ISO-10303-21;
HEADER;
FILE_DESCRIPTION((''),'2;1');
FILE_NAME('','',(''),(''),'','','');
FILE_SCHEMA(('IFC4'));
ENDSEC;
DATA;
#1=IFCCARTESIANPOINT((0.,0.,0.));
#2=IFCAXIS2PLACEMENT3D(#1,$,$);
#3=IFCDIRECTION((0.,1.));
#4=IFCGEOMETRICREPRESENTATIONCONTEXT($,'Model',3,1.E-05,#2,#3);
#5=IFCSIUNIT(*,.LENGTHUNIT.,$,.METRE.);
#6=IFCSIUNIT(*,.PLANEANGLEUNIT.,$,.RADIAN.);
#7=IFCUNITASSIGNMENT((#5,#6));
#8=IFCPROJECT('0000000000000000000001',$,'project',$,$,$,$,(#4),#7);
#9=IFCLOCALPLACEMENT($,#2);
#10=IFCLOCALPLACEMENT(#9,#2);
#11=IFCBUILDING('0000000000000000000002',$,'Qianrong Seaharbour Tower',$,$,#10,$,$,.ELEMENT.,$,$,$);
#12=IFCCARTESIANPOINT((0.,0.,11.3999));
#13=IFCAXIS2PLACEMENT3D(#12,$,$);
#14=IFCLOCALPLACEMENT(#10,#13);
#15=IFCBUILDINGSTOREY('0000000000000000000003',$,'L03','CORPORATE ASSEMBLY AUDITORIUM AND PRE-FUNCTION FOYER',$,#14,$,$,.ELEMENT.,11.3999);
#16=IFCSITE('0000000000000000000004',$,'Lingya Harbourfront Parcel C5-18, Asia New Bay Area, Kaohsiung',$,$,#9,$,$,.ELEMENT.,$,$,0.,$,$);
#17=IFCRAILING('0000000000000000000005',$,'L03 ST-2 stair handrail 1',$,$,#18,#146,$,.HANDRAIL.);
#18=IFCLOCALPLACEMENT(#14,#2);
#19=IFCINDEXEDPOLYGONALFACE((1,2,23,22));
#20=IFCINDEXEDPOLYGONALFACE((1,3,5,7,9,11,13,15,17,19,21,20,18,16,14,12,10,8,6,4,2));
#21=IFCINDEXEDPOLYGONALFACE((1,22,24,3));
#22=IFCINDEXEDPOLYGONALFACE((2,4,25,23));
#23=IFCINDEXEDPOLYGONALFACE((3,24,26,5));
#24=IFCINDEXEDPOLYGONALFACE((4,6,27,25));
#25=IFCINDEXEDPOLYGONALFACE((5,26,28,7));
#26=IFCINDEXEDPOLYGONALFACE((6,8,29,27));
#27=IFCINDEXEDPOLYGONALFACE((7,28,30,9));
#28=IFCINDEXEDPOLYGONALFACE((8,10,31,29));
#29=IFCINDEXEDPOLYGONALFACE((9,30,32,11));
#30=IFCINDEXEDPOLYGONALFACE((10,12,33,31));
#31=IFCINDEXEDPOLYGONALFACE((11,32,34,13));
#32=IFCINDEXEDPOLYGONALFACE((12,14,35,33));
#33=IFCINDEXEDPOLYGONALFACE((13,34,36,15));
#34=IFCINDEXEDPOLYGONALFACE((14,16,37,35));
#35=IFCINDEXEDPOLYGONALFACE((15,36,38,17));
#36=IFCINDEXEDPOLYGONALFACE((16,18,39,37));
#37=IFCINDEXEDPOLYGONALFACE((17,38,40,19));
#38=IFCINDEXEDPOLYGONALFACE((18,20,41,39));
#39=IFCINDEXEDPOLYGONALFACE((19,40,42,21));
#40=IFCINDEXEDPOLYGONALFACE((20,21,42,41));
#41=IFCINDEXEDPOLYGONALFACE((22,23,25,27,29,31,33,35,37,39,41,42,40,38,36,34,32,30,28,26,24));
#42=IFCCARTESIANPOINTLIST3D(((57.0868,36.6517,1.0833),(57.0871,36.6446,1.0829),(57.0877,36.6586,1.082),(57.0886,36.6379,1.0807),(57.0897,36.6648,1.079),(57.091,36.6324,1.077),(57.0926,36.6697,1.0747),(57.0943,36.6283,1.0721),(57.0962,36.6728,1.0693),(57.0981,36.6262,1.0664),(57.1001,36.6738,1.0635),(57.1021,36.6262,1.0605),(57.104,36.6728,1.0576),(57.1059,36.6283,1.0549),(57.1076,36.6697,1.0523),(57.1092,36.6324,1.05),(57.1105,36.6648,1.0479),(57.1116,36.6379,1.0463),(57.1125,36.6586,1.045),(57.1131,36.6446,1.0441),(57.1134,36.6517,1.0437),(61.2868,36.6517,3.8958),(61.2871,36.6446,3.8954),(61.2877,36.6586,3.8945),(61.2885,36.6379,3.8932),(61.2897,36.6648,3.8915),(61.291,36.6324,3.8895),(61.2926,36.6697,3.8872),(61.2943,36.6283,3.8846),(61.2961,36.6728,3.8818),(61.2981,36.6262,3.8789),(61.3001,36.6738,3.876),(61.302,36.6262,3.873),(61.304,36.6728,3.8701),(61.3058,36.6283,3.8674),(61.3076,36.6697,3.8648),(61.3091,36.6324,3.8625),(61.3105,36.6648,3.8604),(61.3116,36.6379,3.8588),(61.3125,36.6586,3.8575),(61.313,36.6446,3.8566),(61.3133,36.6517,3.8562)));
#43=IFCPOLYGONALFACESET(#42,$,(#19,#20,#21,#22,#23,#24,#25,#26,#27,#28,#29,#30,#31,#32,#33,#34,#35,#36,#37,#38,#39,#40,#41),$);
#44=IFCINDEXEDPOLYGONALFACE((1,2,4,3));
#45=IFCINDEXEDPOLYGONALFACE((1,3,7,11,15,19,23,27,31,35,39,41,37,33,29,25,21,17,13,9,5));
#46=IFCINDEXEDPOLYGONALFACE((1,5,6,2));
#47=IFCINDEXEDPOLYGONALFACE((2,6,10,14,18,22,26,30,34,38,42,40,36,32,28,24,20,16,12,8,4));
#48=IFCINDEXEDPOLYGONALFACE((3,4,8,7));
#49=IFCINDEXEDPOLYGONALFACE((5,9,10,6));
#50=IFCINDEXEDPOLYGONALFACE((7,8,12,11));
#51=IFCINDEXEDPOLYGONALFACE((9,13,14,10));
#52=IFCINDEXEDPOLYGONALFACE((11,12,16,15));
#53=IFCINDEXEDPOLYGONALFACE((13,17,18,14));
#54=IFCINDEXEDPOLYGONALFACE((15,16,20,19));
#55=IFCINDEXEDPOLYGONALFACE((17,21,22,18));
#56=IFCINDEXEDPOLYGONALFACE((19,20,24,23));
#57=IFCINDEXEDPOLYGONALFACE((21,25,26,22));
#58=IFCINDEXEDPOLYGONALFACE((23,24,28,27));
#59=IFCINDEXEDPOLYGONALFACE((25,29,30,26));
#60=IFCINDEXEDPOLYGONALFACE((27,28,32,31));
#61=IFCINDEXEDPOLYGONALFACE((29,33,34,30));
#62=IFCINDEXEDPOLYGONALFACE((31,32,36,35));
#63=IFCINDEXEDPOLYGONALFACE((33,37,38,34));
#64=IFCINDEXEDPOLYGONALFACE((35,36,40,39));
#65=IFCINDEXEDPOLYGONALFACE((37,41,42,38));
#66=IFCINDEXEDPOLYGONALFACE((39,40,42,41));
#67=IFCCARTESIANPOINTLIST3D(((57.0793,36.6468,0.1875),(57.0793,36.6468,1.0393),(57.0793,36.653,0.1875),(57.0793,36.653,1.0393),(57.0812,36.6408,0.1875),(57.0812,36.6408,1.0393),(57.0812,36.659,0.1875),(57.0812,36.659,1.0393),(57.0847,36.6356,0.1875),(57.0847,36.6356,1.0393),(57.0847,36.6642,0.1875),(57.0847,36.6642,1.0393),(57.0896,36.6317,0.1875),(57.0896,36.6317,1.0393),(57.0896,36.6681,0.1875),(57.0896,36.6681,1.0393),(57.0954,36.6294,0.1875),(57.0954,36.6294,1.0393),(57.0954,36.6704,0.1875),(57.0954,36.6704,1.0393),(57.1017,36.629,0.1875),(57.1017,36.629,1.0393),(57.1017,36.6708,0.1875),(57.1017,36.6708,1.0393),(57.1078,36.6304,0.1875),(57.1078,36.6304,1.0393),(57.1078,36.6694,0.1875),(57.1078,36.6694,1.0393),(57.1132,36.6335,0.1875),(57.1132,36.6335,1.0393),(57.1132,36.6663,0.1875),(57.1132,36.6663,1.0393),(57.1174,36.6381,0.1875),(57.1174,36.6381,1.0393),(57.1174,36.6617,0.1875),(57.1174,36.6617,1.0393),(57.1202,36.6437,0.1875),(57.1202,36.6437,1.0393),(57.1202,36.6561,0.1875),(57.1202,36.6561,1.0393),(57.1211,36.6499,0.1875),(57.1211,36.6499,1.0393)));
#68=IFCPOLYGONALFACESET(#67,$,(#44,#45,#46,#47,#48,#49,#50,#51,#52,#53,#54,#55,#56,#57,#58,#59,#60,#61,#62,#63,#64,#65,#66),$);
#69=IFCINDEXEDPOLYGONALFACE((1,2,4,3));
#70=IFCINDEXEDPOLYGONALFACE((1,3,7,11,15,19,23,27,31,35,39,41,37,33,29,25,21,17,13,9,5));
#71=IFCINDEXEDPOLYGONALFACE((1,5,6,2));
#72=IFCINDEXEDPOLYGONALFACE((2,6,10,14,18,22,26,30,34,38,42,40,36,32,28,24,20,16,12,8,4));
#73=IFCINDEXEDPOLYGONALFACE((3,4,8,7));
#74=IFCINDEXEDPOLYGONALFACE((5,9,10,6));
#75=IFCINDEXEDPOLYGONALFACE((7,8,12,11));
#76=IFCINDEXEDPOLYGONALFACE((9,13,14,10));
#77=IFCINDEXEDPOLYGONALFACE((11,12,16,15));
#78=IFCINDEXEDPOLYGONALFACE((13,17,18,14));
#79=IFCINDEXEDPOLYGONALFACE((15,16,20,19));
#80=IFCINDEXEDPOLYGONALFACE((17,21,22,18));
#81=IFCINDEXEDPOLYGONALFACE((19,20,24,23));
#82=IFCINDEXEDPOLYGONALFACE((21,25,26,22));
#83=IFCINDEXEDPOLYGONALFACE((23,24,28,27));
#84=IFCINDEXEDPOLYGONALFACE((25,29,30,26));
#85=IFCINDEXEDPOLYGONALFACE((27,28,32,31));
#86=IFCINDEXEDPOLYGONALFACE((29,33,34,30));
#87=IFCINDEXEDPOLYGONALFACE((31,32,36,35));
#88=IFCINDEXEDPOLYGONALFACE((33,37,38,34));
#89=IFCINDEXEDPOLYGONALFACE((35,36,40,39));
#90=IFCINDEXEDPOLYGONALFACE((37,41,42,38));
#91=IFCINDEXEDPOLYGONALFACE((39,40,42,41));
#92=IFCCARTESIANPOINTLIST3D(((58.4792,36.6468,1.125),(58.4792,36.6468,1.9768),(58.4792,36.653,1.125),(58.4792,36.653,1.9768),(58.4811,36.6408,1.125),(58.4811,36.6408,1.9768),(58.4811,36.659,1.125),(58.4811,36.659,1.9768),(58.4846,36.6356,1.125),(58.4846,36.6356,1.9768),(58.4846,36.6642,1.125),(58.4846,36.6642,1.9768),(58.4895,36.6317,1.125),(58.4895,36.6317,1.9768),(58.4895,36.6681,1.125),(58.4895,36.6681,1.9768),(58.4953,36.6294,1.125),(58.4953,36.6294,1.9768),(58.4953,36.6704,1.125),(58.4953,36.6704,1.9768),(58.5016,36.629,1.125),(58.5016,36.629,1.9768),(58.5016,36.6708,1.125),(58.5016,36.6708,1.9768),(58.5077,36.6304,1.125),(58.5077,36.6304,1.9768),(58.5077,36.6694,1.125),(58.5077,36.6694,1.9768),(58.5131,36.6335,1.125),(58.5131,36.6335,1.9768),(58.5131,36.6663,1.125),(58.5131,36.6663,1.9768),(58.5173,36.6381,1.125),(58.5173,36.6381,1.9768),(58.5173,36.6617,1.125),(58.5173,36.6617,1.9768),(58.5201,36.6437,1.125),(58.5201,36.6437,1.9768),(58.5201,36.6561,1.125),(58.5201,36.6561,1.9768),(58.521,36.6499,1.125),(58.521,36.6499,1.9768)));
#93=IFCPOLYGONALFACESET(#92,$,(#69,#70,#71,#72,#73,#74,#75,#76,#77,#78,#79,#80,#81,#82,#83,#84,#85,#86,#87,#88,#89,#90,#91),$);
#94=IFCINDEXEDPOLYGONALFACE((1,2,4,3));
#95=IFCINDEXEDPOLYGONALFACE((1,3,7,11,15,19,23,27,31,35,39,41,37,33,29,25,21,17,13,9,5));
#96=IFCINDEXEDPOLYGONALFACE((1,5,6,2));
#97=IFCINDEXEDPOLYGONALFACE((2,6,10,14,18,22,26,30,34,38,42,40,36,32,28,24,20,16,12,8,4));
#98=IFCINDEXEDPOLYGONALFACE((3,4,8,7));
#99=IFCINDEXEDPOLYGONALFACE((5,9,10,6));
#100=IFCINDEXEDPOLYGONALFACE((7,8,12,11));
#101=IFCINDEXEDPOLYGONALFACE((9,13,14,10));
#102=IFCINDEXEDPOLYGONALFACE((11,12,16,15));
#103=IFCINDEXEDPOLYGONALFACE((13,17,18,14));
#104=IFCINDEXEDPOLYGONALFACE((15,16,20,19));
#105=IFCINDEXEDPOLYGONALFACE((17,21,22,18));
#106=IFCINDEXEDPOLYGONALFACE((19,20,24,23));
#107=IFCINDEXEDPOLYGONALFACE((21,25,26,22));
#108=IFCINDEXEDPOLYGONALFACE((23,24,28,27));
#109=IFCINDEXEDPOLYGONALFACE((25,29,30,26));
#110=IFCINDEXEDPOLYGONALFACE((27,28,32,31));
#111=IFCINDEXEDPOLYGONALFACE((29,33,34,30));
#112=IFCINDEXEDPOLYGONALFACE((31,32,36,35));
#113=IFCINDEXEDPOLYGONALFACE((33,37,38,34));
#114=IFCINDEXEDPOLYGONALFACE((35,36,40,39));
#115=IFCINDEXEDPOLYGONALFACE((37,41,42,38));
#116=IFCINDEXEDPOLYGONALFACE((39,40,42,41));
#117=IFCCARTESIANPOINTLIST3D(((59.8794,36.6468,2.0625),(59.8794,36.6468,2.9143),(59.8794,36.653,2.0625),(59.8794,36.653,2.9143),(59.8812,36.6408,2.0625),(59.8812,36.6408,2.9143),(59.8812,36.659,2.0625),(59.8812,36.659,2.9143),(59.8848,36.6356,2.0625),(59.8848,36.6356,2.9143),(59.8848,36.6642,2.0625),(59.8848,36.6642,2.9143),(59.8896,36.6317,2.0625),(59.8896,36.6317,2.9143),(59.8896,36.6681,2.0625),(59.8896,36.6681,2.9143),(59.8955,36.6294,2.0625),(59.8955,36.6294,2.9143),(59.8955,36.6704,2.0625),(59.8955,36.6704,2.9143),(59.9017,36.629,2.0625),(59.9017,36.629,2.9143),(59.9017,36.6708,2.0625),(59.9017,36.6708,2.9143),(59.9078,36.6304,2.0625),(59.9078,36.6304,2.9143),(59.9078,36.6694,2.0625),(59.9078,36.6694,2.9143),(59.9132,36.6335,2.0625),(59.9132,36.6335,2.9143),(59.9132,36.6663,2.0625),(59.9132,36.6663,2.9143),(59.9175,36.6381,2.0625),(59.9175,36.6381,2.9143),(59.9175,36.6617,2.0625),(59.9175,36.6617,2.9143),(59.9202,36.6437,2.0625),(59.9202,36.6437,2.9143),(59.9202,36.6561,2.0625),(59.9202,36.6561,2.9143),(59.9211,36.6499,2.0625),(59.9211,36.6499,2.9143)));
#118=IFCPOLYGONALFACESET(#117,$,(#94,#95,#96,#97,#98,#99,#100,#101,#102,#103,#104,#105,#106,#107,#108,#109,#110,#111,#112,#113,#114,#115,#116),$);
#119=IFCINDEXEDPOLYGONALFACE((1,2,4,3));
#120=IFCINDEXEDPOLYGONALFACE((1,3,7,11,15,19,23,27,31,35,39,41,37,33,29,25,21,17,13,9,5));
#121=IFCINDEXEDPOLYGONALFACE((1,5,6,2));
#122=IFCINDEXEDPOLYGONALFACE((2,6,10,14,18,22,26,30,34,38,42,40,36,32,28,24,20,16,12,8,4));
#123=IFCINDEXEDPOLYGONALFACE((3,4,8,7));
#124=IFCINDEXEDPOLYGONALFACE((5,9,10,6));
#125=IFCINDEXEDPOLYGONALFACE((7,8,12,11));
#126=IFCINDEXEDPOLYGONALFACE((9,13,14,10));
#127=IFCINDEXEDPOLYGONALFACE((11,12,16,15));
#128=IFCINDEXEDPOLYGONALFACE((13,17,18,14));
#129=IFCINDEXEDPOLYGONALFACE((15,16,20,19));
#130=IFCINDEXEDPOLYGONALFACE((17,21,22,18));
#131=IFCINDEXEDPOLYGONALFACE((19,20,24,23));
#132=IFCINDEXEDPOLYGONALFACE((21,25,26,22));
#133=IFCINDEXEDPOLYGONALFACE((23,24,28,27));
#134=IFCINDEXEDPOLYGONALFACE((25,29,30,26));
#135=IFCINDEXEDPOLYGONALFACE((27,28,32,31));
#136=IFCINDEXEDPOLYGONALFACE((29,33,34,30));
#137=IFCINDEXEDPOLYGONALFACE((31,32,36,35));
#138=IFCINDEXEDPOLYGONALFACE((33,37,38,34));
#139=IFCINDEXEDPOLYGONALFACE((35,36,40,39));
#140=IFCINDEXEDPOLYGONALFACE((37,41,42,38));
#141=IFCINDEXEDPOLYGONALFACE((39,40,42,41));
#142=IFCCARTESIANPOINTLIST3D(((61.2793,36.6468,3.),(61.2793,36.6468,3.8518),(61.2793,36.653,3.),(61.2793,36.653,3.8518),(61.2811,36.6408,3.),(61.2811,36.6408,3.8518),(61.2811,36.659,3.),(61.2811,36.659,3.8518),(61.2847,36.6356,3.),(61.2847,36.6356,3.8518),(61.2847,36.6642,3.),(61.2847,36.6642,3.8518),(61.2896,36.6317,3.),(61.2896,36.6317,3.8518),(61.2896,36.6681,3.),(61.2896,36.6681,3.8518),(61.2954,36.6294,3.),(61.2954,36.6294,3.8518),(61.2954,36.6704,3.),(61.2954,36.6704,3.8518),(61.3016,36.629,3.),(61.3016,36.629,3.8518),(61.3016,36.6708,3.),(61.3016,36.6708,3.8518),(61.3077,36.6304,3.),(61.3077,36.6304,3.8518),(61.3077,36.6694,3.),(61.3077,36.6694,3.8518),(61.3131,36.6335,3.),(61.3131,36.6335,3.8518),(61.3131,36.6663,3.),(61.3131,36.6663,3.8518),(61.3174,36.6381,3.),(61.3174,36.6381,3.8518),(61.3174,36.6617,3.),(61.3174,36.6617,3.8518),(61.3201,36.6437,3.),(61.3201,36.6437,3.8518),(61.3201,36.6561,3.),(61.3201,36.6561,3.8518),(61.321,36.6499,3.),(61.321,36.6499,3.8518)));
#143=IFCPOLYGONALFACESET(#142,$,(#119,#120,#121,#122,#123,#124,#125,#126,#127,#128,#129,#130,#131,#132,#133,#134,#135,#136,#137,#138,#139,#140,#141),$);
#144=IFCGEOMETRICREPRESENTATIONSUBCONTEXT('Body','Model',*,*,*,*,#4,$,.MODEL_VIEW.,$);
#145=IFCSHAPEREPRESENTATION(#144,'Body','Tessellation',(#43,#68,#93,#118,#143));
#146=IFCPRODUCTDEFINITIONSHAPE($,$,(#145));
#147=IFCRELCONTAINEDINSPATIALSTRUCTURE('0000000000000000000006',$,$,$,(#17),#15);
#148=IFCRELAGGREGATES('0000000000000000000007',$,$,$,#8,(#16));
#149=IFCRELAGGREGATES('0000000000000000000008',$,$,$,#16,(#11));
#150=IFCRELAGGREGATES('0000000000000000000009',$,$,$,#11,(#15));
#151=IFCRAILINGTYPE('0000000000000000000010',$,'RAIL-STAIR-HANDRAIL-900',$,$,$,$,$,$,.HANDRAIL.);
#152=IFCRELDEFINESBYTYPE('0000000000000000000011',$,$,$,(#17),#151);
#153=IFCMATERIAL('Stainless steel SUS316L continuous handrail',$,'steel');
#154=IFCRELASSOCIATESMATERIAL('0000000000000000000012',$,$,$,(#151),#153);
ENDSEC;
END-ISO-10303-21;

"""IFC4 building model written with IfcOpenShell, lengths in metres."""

from ifc_helpers import new_model, si_unit, direction, frame, origin, origin_2d, place, context, subcontext, project, spatial, circle, extrude, material, type_object, element, save


model = new_model("IFC4")

# Units and contexts
model_context = context("Model", 3, precision=1e-05, world=origin(), true_north=direction((0.0, 1.0)))
body_context = subcontext(model_context, "Body", "Model", "MODEL_VIEW")
ifc_project = project(units=[si_unit("LENGTHUNIT", "METRE"), si_unit("PLANEANGLEUNIT", "RADIAN")], contexts=[model_context])

# Site, building, storey
site_placement = place(None, origin())
site = spatial("IfcSite", under=ifc_project, at=site_placement, Name="Lingya Harbourfront Parcel C5-18, Asia New Bay Area, Kaohsiung", CompositionType="ELEMENT", RefElevation=0.0)
building_placement = place(site_placement, origin())
building = spatial("IfcBuilding", under=site, at=building_placement, Name="Qianrong Seaharbour Tower", CompositionType="ELEMENT")
storey_placement = place(building_placement, frame((0.0, 0.0, 11.3999)))
storey = spatial("IfcBuildingStorey", under=building, at=storey_placement, Name="L03", Description="CORPORATE ASSEMBLY AUDITORIUM AND PRE-FUNCTION FOYER", CompositionType="ELEMENT", Elevation=11.3999)

# Railing
ifc_material_1 = material(Name="Stainless steel SUS316L continuous handrail", Category="steel")
railing_type_1 = type_object("IfcRailingType", Name="RAIL-STAIR-HANDRAIL-900", PredefinedType="HANDRAIL", material=ifc_material_1)
railing_1_placement = place(storey_placement, frame((57.1001, 36.6499, 0.1875)))
element("IfcRailing", 1, at=railing_1_placement, inside=storey, type_object=railing_type_1, Name="L03 ST-2 stair handrail 1", PredefinedType="HANDRAIL", context=body_context, shape_type="SweptSolid", body=[
    extrude(circle(Radius=0.0239, at=origin_2d()), frame((0.0, 0.0, 0.876), z_axis=(0.830904, 0.0, 0.556416), x_axis=(0.0, 1.0, 0.0)), (0.0, 0.0, 1.0), 5.0547),
    extrude(circle(Radius=0.021, at=origin_2d()), origin(), (0.0, 0.0, 1.0), 0.8518),
    extrude(circle(Radius=0.021, at=origin_2d()), frame((1.3999, 0.0, 0.9375)), (0.0, 0.0, 1.0), 0.8518),
    extrude(circle(Radius=0.021, at=origin_2d()), frame((2.8, 0.0, 1.875)), (0.0, 0.0, 1.0), 0.8518),
    extrude(circle(Radius=0.021, at=origin_2d()), frame((4.2, 0.0, 2.8125)), (0.0, 0.0, 1.0), 0.8518),
])

save(model, "model.ifc")
